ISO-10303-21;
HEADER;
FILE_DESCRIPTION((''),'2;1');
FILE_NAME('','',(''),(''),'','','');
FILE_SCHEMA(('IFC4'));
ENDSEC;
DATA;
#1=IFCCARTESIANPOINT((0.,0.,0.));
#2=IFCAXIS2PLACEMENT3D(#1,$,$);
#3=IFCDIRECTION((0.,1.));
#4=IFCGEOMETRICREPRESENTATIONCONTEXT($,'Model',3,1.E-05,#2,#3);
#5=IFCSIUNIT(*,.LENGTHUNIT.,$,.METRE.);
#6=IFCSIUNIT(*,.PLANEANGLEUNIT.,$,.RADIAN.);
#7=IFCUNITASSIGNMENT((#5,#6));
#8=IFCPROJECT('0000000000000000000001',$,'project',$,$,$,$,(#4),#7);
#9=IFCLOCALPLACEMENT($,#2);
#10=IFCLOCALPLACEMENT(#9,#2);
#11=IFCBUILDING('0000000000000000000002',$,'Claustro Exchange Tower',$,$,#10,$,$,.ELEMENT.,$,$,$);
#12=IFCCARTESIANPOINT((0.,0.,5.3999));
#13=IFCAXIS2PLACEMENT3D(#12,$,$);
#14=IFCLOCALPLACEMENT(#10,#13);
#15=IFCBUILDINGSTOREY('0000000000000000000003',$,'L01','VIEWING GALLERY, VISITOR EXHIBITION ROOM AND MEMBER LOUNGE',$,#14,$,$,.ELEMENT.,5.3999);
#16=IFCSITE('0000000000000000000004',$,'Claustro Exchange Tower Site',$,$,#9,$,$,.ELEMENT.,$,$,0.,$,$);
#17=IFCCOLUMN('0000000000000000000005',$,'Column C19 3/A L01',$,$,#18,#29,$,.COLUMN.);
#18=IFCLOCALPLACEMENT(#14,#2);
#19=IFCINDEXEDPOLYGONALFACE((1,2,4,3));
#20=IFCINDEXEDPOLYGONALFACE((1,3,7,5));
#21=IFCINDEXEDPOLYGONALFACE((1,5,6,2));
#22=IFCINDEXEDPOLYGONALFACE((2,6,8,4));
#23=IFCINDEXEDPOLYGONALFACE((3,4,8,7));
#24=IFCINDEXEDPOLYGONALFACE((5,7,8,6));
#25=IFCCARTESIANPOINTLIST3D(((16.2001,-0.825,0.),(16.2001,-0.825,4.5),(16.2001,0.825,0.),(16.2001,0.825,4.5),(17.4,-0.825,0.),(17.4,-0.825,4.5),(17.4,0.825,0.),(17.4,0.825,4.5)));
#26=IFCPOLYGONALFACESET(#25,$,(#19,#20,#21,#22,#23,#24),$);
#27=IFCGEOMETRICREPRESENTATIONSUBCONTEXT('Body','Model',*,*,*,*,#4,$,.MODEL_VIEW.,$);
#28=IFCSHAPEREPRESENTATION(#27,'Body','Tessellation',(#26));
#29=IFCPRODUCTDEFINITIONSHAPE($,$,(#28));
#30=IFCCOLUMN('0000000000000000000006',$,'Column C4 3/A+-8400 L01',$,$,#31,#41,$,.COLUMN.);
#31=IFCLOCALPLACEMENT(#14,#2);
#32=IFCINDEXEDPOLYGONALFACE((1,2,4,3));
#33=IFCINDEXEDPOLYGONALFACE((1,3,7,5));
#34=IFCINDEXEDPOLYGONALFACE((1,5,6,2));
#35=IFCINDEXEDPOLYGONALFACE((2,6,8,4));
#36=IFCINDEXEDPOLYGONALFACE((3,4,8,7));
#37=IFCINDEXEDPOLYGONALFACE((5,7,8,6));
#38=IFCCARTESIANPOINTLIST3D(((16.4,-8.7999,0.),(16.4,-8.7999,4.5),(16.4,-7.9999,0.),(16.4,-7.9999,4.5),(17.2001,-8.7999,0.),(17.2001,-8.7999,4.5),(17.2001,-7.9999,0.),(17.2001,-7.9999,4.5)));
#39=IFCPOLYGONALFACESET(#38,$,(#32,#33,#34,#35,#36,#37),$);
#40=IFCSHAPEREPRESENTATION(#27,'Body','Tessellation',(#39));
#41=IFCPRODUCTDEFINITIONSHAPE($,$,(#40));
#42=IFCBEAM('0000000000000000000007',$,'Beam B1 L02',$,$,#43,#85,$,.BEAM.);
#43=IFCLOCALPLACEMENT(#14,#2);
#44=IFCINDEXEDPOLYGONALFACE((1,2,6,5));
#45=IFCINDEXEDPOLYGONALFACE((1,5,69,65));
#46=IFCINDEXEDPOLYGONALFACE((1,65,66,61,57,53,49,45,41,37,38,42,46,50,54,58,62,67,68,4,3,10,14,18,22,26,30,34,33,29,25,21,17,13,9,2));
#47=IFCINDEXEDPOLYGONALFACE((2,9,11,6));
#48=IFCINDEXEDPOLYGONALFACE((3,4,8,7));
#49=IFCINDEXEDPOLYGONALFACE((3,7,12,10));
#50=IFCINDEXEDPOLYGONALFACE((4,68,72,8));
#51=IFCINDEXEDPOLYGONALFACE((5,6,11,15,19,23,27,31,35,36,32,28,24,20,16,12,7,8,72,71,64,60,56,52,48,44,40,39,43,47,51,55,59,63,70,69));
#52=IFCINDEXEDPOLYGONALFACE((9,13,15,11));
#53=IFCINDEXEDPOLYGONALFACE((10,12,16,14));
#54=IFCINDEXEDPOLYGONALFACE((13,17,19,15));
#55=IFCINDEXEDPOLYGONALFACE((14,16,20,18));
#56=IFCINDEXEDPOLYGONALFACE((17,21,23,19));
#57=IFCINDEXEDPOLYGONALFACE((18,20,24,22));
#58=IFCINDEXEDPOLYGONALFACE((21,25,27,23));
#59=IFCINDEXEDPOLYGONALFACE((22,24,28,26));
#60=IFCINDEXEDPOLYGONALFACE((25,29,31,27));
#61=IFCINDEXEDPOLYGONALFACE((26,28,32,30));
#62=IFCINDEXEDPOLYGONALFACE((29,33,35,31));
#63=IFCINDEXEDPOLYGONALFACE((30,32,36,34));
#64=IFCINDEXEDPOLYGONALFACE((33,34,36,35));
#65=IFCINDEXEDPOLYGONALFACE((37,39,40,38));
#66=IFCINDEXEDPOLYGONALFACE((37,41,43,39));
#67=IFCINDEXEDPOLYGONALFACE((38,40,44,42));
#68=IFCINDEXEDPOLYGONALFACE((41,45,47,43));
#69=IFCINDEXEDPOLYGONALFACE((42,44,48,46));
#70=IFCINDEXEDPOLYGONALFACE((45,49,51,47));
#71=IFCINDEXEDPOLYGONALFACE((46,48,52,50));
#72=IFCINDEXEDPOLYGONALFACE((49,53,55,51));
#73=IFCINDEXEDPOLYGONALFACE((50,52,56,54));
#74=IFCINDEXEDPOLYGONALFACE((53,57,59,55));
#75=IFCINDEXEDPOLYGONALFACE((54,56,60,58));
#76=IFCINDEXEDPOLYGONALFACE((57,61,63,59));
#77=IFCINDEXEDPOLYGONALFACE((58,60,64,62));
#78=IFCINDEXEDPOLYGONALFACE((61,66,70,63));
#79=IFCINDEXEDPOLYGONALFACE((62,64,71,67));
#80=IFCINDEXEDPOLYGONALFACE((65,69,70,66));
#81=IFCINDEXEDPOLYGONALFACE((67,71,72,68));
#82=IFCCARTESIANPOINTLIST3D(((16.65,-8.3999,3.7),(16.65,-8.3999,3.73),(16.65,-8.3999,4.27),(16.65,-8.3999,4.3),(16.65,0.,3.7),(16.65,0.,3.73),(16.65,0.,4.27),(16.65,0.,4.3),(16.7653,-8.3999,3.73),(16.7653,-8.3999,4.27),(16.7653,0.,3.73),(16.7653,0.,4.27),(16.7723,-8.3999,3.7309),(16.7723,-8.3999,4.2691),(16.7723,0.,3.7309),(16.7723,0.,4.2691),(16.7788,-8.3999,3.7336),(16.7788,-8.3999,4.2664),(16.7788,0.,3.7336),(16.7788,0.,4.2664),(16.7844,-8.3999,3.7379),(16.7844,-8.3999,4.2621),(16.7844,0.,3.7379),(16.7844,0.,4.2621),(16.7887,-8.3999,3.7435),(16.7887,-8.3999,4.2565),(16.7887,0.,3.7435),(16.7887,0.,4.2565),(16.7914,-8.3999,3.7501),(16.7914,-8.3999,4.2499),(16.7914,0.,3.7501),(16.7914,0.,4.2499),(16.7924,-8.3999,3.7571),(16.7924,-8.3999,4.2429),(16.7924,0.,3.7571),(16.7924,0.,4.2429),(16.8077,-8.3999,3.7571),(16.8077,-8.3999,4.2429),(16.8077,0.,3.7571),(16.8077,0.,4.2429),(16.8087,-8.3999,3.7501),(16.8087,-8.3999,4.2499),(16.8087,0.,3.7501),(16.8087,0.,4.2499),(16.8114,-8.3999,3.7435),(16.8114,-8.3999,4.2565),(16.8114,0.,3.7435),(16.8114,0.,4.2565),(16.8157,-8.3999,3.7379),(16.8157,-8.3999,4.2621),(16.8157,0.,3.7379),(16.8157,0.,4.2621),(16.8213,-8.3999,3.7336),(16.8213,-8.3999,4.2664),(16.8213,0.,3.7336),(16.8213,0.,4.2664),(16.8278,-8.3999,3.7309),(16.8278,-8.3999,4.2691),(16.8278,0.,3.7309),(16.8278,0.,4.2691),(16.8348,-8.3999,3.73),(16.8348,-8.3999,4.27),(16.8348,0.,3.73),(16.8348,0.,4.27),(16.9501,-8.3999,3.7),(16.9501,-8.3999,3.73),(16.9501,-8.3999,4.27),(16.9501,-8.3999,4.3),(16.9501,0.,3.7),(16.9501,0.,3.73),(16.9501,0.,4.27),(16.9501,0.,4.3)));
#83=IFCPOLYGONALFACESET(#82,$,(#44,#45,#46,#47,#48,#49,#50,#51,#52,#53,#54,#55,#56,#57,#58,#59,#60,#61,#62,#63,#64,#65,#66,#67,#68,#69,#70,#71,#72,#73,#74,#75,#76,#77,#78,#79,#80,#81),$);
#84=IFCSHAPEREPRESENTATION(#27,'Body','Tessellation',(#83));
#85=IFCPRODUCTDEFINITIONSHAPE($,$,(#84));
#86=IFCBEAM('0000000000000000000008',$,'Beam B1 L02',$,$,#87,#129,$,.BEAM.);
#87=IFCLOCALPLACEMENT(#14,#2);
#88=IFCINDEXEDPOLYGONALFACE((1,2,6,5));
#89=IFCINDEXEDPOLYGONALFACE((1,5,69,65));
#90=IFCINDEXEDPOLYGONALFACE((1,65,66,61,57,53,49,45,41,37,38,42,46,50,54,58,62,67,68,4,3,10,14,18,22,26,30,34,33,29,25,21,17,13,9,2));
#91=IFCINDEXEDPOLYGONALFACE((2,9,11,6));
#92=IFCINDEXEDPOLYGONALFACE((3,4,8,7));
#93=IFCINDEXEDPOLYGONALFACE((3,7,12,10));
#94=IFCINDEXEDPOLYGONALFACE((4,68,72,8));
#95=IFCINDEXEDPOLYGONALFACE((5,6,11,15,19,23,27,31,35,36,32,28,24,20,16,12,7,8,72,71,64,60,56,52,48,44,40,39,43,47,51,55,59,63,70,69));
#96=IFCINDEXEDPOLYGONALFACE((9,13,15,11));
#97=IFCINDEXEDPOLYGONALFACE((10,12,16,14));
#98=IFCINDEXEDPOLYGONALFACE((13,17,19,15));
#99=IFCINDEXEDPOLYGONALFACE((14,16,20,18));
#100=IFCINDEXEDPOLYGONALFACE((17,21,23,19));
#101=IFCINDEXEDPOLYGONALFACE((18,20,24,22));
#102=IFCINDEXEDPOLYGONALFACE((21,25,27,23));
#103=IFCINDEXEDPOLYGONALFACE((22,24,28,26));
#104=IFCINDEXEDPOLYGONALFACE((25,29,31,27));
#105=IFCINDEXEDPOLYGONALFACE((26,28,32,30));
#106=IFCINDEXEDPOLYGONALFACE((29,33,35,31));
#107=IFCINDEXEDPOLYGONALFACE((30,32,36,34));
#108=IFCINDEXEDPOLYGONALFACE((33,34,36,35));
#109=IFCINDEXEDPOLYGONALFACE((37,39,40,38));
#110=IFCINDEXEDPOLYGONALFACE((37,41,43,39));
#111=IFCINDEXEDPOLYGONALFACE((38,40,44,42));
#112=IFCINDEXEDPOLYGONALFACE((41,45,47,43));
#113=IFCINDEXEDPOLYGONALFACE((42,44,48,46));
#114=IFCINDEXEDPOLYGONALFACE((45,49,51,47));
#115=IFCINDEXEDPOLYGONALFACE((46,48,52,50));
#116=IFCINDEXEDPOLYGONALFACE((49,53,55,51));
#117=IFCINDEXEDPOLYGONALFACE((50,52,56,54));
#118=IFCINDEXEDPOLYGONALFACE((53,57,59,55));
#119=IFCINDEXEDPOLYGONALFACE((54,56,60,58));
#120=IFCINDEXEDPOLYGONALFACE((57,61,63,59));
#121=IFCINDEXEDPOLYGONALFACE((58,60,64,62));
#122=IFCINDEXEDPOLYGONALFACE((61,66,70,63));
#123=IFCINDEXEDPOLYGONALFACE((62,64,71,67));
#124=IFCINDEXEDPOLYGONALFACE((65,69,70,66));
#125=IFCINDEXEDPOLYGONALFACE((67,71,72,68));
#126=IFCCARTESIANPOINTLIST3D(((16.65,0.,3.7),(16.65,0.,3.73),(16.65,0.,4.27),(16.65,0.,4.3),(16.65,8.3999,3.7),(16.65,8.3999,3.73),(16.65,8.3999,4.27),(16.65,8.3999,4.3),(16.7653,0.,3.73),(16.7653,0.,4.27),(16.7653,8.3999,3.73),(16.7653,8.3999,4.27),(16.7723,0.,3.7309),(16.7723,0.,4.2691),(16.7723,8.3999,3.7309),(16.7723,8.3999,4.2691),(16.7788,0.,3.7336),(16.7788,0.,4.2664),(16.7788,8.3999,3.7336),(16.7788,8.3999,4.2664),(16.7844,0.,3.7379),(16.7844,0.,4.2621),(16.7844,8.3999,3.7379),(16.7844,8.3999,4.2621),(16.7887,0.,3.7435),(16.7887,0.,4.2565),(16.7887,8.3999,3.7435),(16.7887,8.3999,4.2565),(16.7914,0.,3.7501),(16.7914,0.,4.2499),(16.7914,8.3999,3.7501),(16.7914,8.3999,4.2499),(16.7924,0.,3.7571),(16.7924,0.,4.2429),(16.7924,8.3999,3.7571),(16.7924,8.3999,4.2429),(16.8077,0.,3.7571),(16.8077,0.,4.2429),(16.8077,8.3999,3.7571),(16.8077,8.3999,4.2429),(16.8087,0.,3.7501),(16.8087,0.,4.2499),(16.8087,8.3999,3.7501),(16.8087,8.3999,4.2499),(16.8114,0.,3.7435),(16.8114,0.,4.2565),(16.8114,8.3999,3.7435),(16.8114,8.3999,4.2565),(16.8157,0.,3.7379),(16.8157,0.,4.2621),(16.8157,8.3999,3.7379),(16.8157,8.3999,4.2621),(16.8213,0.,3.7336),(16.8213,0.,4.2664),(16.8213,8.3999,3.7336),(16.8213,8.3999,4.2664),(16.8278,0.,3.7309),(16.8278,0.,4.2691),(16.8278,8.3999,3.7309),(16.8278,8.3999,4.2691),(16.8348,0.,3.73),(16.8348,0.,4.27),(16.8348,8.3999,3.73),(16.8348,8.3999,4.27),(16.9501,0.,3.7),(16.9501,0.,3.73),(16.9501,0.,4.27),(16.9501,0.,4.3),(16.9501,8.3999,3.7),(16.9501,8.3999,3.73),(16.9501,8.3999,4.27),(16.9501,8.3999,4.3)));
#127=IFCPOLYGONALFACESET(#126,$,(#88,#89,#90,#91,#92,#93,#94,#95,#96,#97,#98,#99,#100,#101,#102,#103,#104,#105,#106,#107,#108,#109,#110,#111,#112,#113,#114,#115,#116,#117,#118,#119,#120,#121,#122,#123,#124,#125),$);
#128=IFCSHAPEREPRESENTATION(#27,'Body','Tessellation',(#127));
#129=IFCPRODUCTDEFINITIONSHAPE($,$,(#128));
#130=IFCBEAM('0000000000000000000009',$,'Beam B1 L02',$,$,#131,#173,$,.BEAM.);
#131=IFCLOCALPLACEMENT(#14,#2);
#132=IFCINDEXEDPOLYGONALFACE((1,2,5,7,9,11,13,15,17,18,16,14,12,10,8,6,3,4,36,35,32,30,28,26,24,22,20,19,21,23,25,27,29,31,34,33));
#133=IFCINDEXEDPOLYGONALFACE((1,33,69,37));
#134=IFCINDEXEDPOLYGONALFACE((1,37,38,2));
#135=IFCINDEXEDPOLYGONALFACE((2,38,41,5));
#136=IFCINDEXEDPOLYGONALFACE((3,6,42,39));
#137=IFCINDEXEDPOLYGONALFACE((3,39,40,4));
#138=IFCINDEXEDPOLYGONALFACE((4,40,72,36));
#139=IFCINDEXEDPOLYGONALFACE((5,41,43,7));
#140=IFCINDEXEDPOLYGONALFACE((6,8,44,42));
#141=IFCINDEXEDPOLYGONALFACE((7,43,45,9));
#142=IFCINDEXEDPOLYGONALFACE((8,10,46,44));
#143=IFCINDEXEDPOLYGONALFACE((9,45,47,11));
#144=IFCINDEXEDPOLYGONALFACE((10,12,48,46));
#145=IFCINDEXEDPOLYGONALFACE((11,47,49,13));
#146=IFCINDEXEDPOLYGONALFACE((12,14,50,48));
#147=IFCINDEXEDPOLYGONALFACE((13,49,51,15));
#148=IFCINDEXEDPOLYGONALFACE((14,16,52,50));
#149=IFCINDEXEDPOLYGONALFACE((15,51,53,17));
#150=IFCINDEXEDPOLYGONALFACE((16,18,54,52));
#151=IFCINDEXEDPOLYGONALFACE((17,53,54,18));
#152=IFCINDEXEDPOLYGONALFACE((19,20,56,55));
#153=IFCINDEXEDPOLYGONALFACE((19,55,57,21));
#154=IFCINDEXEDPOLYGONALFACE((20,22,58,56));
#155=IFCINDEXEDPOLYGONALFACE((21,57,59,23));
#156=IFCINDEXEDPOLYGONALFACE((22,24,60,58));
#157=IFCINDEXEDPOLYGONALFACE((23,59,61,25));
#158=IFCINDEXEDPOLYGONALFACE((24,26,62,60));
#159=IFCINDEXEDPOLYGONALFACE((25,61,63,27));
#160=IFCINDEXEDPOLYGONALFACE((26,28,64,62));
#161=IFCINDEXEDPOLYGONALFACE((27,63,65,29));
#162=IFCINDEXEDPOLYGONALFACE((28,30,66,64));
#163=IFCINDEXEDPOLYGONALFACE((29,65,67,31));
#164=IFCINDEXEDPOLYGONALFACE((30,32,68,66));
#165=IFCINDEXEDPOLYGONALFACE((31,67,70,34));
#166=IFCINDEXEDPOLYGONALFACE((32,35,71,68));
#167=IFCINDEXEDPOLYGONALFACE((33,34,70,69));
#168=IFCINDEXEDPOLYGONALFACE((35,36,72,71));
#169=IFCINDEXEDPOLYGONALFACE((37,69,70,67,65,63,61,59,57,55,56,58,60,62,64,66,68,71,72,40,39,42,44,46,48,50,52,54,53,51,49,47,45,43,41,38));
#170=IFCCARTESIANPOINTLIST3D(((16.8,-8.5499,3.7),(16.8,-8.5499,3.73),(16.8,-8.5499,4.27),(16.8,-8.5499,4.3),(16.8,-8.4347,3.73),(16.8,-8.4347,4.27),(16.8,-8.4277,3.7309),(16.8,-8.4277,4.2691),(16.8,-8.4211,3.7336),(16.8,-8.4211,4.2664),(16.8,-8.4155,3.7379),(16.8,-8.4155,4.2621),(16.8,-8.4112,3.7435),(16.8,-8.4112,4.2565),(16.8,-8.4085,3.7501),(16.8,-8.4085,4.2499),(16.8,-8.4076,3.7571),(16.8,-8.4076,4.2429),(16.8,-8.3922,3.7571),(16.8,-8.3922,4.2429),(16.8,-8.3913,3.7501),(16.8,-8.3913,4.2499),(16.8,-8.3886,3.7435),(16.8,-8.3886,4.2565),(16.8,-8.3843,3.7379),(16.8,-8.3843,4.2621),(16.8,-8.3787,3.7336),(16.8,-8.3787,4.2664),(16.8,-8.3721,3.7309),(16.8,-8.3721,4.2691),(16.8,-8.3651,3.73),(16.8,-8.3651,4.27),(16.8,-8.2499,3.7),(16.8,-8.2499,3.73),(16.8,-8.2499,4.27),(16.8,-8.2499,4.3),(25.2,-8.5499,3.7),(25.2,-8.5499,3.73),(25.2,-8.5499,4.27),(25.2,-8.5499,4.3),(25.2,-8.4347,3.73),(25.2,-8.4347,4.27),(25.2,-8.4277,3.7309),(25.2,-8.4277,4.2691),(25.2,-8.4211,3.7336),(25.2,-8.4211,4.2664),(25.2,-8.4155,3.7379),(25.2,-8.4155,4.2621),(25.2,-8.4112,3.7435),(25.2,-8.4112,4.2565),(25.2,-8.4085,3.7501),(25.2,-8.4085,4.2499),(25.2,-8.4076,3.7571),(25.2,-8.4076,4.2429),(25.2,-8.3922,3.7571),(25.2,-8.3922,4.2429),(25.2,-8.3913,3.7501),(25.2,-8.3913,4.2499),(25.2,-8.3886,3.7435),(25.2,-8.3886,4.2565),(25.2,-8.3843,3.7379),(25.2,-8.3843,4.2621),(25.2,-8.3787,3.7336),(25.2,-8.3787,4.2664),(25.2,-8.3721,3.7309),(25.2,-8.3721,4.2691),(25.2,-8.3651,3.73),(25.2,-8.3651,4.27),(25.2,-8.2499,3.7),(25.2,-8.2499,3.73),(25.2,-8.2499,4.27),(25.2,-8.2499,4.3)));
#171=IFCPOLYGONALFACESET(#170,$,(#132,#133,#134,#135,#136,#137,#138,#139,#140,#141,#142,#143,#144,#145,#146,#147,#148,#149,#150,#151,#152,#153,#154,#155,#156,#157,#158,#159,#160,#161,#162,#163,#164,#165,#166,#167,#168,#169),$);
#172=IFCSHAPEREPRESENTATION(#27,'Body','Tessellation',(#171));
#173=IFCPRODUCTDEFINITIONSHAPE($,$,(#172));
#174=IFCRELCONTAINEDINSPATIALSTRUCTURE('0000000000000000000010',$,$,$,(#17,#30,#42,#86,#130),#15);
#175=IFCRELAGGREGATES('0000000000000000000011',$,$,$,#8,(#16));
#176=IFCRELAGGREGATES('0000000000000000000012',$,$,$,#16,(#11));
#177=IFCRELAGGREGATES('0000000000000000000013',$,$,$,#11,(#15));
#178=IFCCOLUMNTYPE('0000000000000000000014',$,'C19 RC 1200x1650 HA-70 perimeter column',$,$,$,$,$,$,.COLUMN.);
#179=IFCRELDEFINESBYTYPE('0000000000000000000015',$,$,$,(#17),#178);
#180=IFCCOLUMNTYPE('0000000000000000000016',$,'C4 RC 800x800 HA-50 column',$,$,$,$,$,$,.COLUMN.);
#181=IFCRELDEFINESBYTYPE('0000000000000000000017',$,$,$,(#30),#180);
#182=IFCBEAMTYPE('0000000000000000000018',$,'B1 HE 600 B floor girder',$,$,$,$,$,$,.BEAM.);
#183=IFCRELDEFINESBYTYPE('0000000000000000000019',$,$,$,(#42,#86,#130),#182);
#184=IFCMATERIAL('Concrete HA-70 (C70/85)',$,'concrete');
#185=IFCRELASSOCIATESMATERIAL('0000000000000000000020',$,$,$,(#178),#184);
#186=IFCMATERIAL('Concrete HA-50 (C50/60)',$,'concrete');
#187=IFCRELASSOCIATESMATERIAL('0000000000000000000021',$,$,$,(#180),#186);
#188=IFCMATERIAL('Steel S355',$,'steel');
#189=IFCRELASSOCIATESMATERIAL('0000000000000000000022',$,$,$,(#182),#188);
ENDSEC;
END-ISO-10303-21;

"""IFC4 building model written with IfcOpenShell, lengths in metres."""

from ifc_helpers import new_model, si_unit, direction, frame, origin, origin_2d, place, context, subcontext, project, spatial, rectangle, i_section, extrude, material, material_profile, profile_set, type_object, element, save


model = new_model("IFC4")

# Units and contexts
model_context = context("Model", 3, precision=1e-05, world=origin(), true_north=direction((0.0, 1.0)))
body_context = subcontext(model_context, "Body", "Model", "MODEL_VIEW")
ifc_project = project(units=[si_unit("LENGTHUNIT", "METRE"), si_unit("PLANEANGLEUNIT", "RADIAN")], contexts=[model_context])

# Site, building, storey
site_placement = place(None, origin())
site = spatial("IfcSite", under=ifc_project, at=site_placement, Name="Claustro Exchange Tower Site", CompositionType="ELEMENT", RefElevation=0.0)
building_placement = place(site_placement, origin())
building = spatial("IfcBuilding", under=site, at=building_placement, Name="Claustro Exchange Tower", CompositionType="ELEMENT")
storey_placement = place(building_placement, frame((0.0, 0.0, 5.3999)))
storey = spatial("IfcBuildingStorey", under=building, at=storey_placement, Name="L01", Description="VIEWING GALLERY, VISITOR EXHIBITION ROOM AND MEMBER LOUNGE", CompositionType="ELEMENT", Elevation=5.3999)

# Columns
ifc_material_1 = material(Name="Concrete HA-70 (C70/85)", Category="concrete")
ifc_material_profile_1 = material_profile(ifc_material_1, rectangle(XDim=1.2, YDim=1.6499, at=origin_2d()), Name="RC 1200x1650")
ifc_profile_set_1 = profile_set([ifc_material_profile_1], Name="Concrete HA-70 (C70/85)")
column_type_1 = type_object("IfcColumnType", Name="C19 RC 1200x1650 HA-70 perimeter column", PredefinedType="COLUMN", material=ifc_profile_set_1)
column_1_placement = place(storey_placement, frame((16.8, 0.0, 0.0), z_axis=(0.0, 0.0, 1.0), x_axis=(1.0, 0.0, 0.0)))
element("IfcColumn", 1, at=column_1_placement, inside=storey, type_object=column_type_1, Name="Column C19 3/A L01", PredefinedType="COLUMN", context=body_context, shape_type="SweptSolid", body=[
    extrude(rectangle(XDim=1.2, YDim=1.6499, at=origin_2d()), origin(), (0.0, 0.0, 1.0), 4.5),
])
ifc_material_2 = material(Name="Concrete HA-50 (C50/60)", Category="concrete")
ifc_material_profile_2 = material_profile(ifc_material_2, rectangle(XDim=0.8, YDim=0.8, at=origin_2d()), Name="RC 800x800")
ifc_profile_set_2 = profile_set([ifc_material_profile_2], Name="Concrete HA-50 (C50/60)")
column_type_2 = type_object("IfcColumnType", Name="C4 RC 800x800 HA-50 column", PredefinedType="COLUMN", material=ifc_profile_set_2)
column_2_placement = place(storey_placement, frame((16.8, -8.3999, 0.0), z_axis=(0.0, 0.0, 1.0), x_axis=(1.0, 0.0, 0.0)))
element("IfcColumn", 2, at=column_2_placement, inside=storey, type_object=column_type_2, Name="Column C4 3/A+-8400 L01", PredefinedType="COLUMN", context=body_context, shape_type="SweptSolid", body=[
    extrude(rectangle(XDim=0.8, YDim=0.8, at=origin_2d()), origin(), (0.0, 0.0, 1.0), 4.5),
])

# Beams
ifc_material_3 = material(Name="Steel S355", Category="steel")
ifc_material_profile_3 = material_profile(ifc_material_3, i_section(OverallWidth=0.3, OverallDepth=0.6001, WebThickness=0.0154, FlangeThickness=0.03, FilletRadius=0.0271, at=origin_2d()), Name="HE 600 B")
ifc_profile_set_3 = profile_set([ifc_material_profile_3], Name="Steel S355")
beam_type_1 = type_object("IfcBeamType", Name="B1 HE 600 B floor girder", PredefinedType="BEAM", material=ifc_profile_set_3)
for number, where, z_axis, x_axis, name in (
    (3, (16.8, -8.3999, 4.0), (0.0, 1.0, 0.0), (-1.0, 0.0, 0.0), "Beam B1 L02"),
    (4, (16.8, 0.0, 4.0), (0.0, 1.0, 0.0), (-1.0, 0.0, 0.0), "Beam B1 L02"),
    (5, (16.8, -8.3999, 4.0), (1.0, 0.0, 0.0), (0.0, 1.0, 0.0), "Beam B1 L02"),
):
    element("IfcBeam", number, at=place(storey_placement, frame(where, z_axis=z_axis, x_axis=x_axis)), inside=storey, type_object=beam_type_1, Name=name, PredefinedType="BEAM", context=body_context, shape_type="SweptSolid", body=[
        extrude(i_section(OverallWidth=0.3, OverallDepth=0.6001, WebThickness=0.0154, FlangeThickness=0.03, FilletRadius=0.0271, at=origin_2d()), origin(), (0.0, 0.0, 1.0), 8.3999),
    ])

save(model, "model.ifc")
